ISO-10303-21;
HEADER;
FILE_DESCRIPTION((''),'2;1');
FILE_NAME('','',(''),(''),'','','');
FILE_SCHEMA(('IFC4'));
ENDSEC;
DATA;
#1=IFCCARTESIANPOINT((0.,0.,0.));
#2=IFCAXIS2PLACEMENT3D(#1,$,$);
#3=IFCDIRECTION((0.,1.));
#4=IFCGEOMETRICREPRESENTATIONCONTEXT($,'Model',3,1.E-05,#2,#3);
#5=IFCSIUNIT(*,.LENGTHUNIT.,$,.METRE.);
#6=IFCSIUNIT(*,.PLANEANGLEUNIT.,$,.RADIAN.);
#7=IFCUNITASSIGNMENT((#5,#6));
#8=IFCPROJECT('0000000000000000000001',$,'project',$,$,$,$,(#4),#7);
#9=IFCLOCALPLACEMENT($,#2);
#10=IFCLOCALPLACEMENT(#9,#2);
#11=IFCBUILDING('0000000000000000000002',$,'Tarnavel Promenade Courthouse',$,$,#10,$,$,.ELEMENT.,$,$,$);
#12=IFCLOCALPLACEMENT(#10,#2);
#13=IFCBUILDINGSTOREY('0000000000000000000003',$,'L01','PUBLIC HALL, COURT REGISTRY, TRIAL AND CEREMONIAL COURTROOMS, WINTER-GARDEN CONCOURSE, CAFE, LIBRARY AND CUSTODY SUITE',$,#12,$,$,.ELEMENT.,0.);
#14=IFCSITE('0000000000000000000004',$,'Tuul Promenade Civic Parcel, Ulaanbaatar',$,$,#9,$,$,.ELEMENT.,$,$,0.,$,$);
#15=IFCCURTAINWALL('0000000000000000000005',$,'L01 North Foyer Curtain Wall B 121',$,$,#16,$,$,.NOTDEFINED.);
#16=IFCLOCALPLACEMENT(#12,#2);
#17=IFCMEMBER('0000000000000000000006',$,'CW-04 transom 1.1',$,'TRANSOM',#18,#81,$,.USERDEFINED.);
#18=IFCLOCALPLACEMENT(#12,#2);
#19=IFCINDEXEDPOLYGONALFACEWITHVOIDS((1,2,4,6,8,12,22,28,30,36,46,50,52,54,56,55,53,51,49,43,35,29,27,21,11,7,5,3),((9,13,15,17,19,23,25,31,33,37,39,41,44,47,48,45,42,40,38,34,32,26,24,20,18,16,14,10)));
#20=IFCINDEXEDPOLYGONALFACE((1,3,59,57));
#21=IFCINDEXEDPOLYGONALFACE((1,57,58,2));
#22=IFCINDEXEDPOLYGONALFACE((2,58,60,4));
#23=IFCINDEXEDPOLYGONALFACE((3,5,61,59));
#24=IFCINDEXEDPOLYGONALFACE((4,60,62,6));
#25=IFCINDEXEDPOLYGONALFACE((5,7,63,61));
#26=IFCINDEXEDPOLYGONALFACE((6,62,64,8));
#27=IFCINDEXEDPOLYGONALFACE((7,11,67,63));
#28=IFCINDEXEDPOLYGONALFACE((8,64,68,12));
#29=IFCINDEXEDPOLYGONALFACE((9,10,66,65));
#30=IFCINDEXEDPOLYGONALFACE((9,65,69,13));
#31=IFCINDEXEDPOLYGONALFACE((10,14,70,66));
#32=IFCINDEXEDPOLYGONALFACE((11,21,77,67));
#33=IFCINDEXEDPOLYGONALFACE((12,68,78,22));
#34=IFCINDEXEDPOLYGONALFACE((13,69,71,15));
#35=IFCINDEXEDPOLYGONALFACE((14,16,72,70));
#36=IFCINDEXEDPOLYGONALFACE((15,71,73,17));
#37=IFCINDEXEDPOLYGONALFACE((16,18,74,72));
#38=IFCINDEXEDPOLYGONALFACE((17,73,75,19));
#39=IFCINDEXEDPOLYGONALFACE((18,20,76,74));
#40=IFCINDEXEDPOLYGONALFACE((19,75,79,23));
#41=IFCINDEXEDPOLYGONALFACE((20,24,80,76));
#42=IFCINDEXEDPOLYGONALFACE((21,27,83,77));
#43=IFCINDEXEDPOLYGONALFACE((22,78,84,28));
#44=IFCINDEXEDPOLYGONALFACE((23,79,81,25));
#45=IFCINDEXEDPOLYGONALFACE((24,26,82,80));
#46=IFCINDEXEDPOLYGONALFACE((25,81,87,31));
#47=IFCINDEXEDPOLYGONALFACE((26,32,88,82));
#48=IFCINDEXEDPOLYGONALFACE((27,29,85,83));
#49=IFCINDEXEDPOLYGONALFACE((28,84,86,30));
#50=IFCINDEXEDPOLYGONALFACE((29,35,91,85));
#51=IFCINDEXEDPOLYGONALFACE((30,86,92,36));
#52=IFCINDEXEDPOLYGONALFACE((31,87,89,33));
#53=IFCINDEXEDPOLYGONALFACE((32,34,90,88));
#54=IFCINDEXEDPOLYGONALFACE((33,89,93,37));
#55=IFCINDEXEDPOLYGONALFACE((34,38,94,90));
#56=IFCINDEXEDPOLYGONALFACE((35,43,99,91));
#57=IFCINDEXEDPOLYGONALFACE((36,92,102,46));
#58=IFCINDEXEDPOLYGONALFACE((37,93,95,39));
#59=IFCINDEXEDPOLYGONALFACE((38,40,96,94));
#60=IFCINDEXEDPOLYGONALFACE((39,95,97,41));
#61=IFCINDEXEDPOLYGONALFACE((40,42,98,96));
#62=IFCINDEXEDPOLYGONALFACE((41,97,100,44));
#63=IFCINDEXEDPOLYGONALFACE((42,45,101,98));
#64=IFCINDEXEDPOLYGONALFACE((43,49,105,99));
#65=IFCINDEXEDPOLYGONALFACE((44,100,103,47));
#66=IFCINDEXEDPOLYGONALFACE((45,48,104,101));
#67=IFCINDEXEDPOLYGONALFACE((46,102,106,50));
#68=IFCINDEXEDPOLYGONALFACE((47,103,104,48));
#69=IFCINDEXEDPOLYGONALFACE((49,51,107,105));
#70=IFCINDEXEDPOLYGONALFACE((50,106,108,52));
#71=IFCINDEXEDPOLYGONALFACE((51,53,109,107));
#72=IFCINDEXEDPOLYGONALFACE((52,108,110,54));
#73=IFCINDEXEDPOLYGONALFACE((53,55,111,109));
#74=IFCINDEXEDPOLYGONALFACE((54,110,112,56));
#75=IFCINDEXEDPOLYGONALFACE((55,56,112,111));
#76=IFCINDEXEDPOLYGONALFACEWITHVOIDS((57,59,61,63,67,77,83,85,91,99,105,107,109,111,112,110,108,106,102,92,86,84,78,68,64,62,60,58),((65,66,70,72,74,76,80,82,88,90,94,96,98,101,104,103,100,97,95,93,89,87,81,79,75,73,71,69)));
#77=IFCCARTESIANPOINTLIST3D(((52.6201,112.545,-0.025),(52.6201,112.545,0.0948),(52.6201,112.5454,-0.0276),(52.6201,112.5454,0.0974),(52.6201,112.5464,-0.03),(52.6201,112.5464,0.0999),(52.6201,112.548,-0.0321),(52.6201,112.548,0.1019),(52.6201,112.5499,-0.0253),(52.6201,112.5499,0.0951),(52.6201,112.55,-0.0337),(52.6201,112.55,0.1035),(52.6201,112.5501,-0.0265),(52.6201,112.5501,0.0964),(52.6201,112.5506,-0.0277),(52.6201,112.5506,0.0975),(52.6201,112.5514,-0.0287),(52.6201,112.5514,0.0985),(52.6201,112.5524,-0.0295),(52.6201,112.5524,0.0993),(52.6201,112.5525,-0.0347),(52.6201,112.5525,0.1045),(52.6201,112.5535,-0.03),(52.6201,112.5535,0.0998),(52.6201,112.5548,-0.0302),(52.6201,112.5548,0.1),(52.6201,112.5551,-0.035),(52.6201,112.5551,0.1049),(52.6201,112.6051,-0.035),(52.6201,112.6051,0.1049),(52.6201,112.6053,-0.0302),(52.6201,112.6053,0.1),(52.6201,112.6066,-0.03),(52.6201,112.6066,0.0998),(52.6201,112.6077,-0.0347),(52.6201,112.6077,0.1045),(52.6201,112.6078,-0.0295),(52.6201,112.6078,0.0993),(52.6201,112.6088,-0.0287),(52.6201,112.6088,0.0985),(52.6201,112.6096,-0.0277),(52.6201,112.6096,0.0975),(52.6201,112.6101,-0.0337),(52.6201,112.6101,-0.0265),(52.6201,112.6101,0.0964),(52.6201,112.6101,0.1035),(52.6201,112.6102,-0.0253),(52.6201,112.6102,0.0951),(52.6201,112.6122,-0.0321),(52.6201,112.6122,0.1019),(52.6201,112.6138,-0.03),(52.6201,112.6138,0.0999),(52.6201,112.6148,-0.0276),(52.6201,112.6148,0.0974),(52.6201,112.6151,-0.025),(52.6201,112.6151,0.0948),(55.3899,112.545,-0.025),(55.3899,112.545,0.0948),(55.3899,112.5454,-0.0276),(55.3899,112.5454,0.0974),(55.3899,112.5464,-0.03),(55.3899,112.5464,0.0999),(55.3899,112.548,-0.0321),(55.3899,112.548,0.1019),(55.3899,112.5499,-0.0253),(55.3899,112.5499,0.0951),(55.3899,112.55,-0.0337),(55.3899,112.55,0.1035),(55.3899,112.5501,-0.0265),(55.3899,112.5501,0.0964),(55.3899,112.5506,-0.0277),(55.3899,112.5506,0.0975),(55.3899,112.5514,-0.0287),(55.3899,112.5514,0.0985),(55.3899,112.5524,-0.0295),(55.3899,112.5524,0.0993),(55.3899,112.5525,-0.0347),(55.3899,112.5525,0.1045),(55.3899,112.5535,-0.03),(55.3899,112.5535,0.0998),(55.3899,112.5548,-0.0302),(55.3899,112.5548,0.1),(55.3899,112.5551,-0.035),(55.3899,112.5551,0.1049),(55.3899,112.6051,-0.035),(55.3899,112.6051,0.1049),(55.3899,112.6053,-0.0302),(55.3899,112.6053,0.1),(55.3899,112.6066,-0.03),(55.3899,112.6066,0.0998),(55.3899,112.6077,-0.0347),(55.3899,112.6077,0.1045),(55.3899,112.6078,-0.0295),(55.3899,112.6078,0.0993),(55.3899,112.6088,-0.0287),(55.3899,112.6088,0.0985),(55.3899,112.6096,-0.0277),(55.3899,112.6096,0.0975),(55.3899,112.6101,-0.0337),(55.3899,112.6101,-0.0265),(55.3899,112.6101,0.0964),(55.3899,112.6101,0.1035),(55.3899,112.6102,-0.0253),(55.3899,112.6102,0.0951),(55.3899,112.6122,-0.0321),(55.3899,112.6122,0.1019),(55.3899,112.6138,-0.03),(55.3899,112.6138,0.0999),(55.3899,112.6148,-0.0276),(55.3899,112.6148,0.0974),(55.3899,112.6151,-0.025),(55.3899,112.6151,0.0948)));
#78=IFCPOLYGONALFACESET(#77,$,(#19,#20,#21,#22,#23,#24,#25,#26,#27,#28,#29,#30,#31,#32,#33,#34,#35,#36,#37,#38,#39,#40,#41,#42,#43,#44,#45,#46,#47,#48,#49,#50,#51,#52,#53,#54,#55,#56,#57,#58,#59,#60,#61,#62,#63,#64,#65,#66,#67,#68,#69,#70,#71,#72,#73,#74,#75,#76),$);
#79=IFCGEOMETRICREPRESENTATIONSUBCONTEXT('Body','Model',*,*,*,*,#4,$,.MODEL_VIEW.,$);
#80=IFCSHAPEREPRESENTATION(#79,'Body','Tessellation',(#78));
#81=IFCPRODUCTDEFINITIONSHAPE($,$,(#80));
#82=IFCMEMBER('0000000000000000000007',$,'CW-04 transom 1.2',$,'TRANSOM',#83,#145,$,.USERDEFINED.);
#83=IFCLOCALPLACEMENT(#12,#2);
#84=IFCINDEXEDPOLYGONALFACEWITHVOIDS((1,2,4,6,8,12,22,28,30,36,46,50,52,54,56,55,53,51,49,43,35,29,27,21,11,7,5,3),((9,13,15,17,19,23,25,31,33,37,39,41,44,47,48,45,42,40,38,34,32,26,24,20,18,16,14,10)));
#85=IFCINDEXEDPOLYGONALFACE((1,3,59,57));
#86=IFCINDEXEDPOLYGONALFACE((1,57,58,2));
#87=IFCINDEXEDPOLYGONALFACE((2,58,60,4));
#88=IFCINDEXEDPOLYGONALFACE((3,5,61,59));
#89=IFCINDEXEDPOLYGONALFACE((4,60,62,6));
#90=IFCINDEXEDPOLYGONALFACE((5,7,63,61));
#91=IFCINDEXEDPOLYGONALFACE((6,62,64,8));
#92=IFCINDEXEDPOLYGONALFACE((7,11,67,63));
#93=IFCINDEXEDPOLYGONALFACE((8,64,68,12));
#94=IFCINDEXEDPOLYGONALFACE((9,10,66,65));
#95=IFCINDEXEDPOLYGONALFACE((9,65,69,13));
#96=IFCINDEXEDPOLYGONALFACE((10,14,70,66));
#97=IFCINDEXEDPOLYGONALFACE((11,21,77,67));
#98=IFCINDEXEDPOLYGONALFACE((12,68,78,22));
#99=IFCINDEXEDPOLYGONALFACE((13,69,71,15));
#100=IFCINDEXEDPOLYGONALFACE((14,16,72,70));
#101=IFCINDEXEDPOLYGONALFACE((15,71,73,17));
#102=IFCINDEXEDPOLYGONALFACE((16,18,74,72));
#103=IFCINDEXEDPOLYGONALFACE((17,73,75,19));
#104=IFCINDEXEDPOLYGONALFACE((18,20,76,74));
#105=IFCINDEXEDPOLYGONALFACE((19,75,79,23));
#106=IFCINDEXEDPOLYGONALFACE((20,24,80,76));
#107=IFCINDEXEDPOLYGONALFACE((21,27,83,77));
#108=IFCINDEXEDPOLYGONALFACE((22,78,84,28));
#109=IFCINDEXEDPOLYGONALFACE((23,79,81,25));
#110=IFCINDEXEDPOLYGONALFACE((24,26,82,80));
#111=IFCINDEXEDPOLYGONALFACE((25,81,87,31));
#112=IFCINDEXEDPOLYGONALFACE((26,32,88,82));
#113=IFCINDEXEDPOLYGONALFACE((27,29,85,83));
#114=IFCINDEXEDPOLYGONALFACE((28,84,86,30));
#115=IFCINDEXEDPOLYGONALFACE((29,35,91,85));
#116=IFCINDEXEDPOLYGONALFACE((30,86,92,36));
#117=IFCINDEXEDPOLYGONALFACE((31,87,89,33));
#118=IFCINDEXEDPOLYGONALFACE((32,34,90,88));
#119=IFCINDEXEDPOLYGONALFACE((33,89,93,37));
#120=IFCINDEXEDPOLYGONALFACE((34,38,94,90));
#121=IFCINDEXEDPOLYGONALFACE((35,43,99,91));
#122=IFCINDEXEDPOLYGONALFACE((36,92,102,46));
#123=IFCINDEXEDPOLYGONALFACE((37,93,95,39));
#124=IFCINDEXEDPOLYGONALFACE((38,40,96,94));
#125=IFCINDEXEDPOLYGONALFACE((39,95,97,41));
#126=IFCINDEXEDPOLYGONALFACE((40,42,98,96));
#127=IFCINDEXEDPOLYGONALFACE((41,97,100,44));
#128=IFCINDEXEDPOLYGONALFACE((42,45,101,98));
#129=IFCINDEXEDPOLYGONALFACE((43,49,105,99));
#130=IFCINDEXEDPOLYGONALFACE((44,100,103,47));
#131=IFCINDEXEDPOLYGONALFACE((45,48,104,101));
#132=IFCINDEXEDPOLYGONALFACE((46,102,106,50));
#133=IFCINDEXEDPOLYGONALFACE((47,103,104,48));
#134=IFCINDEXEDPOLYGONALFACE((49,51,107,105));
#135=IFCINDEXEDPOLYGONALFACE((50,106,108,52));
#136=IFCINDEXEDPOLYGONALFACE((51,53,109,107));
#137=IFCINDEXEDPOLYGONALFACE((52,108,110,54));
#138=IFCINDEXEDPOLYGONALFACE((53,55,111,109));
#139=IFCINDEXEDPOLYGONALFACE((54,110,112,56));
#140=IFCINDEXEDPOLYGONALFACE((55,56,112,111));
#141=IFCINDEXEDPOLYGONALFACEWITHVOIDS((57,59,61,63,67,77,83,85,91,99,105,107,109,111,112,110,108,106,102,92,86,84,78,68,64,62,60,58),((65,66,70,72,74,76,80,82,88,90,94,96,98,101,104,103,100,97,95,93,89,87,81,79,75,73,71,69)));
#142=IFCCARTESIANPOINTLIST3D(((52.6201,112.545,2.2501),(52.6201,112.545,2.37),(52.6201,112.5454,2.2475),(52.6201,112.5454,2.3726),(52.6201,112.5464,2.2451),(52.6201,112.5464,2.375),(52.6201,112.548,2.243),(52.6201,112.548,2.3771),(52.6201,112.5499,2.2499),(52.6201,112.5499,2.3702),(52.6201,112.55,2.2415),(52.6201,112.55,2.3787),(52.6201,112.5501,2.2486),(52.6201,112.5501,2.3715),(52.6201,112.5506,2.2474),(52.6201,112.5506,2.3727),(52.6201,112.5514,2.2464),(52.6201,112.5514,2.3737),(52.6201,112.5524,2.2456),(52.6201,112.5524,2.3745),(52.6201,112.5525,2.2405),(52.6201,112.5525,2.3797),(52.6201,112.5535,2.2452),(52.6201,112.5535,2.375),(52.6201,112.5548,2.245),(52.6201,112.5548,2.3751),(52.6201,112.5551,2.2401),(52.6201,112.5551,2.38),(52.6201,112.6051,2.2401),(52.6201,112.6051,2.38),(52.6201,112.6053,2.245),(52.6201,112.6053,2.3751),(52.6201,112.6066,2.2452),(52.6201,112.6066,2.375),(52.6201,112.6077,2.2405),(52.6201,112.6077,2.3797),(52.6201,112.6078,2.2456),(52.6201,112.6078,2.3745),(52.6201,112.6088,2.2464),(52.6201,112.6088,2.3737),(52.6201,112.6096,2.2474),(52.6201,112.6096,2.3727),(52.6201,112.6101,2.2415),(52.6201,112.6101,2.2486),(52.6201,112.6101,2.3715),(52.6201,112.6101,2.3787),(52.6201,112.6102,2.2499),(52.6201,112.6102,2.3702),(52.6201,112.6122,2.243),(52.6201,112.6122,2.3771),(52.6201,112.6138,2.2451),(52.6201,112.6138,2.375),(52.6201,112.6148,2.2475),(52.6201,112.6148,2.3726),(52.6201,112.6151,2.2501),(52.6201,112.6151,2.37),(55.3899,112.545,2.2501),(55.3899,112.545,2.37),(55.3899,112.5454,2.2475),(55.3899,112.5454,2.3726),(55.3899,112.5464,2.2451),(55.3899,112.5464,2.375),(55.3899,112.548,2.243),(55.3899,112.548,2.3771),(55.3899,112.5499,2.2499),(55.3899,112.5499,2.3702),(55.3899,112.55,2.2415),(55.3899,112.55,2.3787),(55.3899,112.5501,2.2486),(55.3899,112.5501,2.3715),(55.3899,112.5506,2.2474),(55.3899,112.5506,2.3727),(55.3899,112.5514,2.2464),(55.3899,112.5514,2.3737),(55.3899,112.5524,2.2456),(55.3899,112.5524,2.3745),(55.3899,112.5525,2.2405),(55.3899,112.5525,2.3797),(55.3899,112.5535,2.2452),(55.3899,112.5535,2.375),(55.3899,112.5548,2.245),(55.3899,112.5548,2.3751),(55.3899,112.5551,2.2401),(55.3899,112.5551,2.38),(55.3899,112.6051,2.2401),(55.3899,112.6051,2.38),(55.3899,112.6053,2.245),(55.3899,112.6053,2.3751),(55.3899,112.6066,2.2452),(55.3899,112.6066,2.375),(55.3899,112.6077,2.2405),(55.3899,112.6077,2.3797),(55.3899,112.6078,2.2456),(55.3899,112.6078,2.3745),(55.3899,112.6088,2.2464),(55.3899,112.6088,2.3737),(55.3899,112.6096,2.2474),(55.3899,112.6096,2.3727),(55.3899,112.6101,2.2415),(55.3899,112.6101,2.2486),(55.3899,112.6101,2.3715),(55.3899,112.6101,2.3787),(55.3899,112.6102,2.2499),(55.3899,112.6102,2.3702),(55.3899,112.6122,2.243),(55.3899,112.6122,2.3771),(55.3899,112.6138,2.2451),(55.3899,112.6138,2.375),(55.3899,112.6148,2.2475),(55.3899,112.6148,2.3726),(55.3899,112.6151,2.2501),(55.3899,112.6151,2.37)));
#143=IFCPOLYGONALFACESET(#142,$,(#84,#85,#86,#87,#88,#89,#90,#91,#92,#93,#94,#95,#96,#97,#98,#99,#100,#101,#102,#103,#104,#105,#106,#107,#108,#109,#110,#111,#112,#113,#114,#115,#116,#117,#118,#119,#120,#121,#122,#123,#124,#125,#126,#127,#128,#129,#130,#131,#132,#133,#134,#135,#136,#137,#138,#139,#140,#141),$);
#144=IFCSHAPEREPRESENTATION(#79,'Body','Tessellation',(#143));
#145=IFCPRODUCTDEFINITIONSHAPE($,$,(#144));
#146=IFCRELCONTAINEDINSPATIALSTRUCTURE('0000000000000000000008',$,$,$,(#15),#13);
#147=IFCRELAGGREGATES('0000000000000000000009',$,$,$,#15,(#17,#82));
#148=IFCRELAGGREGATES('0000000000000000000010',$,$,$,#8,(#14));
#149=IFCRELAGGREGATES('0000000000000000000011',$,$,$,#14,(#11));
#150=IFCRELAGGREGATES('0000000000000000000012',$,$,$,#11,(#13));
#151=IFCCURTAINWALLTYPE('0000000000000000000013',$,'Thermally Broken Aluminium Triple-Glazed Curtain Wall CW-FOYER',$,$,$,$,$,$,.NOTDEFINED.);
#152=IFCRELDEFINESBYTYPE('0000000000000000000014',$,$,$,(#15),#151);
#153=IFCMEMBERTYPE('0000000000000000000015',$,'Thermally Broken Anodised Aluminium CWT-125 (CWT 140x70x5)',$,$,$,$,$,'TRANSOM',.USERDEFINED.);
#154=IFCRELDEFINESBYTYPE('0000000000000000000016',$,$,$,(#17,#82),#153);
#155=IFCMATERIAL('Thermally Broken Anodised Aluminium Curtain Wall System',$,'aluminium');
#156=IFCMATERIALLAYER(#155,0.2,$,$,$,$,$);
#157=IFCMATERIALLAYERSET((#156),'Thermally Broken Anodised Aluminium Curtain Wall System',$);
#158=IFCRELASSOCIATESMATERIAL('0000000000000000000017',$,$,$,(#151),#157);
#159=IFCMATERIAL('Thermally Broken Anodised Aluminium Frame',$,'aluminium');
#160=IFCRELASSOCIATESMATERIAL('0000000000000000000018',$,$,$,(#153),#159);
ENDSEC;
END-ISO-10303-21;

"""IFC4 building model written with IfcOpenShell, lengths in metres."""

from ifc_helpers import new_model, si_unit, direction, frame, origin, origin_2d, place, context, subcontext, project, spatial, hollow_rectangle, extrude, material, layer, layer_set, material_profile, profile_set, type_object, element, aggregate, save


model = new_model("IFC4")

# Units and contexts
model_context = context("Model", 3, precision=1e-05, world=origin(), true_north=direction((0.0, 1.0)))
body_context = subcontext(model_context, "Body", "Model", "MODEL_VIEW")
ifc_project = project(units=[si_unit("LENGTHUNIT", "METRE"), si_unit("PLANEANGLEUNIT", "RADIAN")], contexts=[model_context])

# Site, building, storey
site_placement = place(None, origin())
site = spatial("IfcSite", under=ifc_project, at=site_placement, Name="Tuul Promenade Civic Parcel, Ulaanbaatar", CompositionType="ELEMENT", RefElevation=0.0)
building_placement = place(site_placement, origin())
building = spatial("IfcBuilding", under=site, at=building_placement, Name="Tarnavel Promenade Courthouse", CompositionType="ELEMENT")
storey_placement = place(building_placement, origin())
storey = spatial("IfcBuildingStorey", under=building, at=storey_placement, Name="L01", Description="PUBLIC HALL, COURT REGISTRY, TRIAL AND CEREMONIAL COURTROOMS, WINTER-GARDEN CONCOURSE, CAFE, LIBRARY AND CUSTODY SUITE", CompositionType="ELEMENT", Elevation=0.0)

# Curtain wall
ifc_material_1 = material(Name="Thermally Broken Anodised Aluminium Curtain Wall System", Category="aluminium")
ifc_layer_1 = layer(ifc_material_1, 0.2)
ifc_layer_set_1 = layer_set([ifc_layer_1], Name="Thermally Broken Anodised Aluminium Curtain Wall System")
curtain_wall_type = type_object("IfcCurtainWallType", Name="Thermally Broken Aluminium Triple-Glazed Curtain Wall CW-FOYER", PredefinedType="NOTDEFINED", material=ifc_layer_set_1)
ifc_material_2 = material(Name="Thermally Broken Anodised Aluminium Frame", Category="aluminium")
curtain_wall_1_placement = place(storey_placement, origin())
curtain_wall_1 = element("IfcCurtainWall", 1, at=curtain_wall_1_placement, inside=storey, type_object=curtain_wall_type, Name="L01 North Foyer Curtain Wall B 121", PredefinedType="NOTDEFINED")

# Members
ifc_material_profile_1 = material_profile(ifc_material_2, hollow_rectangle(XDim=0.0701, YDim=0.1399, WallThickness=0.0049, InnerFilletRadius=0.0049, OuterFilletRadius=0.01, at=origin_2d()), Name="CWT 140x70x5")
ifc_profile_set_1 = profile_set([ifc_material_profile_1], Name="Thermally Broken Anodised Aluminium Frame")
member_type_1 = type_object("IfcMemberType", Name="Thermally Broken Anodised Aluminium CWT-125 (CWT 140x70x5)", ElementType="TRANSOM", PredefinedType="USERDEFINED", material=ifc_profile_set_1)
member_1_placement = place(storey_placement, frame((52.6201, 112.5801, 0.0349), z_axis=(1.0, 0.0, 0.0), x_axis=(0.0, 1.0, 0.0)))
member_1 = element("IfcMember", 2, at=member_1_placement, type_object=member_type_1, Name="CW-04 transom 1.1", ObjectType="TRANSOM", PredefinedType="USERDEFINED", context=body_context, shape_type="SweptSolid", body=[
    extrude(hollow_rectangle(XDim=0.0701, YDim=0.1399, WallThickness=0.0049, InnerFilletRadius=0.0049, OuterFilletRadius=0.01, at=origin_2d()), origin(), (0.0, 0.0, 1.0), 2.7698),
])
member_2_placement = place(storey_placement, frame((52.6201, 112.5801, 2.3101), z_axis=(1.0, 0.0, 0.0), x_axis=(0.0, 1.0, 0.0)))
member_2 = element("IfcMember", 3, at=member_2_placement, type_object=member_type_1, Name="CW-04 transom 1.2", ObjectType="TRANSOM", PredefinedType="USERDEFINED", context=body_context, shape_type="SweptSolid", body=[
    extrude(hollow_rectangle(XDim=0.0701, YDim=0.1399, WallThickness=0.0049, InnerFilletRadius=0.0049, OuterFilletRadius=0.01, at=origin_2d()), origin(), (0.0, 0.0, 1.0), 2.7698),
])

aggregate(curtain_wall_1, [member_1, member_2])

save(model, "model.ifc")
